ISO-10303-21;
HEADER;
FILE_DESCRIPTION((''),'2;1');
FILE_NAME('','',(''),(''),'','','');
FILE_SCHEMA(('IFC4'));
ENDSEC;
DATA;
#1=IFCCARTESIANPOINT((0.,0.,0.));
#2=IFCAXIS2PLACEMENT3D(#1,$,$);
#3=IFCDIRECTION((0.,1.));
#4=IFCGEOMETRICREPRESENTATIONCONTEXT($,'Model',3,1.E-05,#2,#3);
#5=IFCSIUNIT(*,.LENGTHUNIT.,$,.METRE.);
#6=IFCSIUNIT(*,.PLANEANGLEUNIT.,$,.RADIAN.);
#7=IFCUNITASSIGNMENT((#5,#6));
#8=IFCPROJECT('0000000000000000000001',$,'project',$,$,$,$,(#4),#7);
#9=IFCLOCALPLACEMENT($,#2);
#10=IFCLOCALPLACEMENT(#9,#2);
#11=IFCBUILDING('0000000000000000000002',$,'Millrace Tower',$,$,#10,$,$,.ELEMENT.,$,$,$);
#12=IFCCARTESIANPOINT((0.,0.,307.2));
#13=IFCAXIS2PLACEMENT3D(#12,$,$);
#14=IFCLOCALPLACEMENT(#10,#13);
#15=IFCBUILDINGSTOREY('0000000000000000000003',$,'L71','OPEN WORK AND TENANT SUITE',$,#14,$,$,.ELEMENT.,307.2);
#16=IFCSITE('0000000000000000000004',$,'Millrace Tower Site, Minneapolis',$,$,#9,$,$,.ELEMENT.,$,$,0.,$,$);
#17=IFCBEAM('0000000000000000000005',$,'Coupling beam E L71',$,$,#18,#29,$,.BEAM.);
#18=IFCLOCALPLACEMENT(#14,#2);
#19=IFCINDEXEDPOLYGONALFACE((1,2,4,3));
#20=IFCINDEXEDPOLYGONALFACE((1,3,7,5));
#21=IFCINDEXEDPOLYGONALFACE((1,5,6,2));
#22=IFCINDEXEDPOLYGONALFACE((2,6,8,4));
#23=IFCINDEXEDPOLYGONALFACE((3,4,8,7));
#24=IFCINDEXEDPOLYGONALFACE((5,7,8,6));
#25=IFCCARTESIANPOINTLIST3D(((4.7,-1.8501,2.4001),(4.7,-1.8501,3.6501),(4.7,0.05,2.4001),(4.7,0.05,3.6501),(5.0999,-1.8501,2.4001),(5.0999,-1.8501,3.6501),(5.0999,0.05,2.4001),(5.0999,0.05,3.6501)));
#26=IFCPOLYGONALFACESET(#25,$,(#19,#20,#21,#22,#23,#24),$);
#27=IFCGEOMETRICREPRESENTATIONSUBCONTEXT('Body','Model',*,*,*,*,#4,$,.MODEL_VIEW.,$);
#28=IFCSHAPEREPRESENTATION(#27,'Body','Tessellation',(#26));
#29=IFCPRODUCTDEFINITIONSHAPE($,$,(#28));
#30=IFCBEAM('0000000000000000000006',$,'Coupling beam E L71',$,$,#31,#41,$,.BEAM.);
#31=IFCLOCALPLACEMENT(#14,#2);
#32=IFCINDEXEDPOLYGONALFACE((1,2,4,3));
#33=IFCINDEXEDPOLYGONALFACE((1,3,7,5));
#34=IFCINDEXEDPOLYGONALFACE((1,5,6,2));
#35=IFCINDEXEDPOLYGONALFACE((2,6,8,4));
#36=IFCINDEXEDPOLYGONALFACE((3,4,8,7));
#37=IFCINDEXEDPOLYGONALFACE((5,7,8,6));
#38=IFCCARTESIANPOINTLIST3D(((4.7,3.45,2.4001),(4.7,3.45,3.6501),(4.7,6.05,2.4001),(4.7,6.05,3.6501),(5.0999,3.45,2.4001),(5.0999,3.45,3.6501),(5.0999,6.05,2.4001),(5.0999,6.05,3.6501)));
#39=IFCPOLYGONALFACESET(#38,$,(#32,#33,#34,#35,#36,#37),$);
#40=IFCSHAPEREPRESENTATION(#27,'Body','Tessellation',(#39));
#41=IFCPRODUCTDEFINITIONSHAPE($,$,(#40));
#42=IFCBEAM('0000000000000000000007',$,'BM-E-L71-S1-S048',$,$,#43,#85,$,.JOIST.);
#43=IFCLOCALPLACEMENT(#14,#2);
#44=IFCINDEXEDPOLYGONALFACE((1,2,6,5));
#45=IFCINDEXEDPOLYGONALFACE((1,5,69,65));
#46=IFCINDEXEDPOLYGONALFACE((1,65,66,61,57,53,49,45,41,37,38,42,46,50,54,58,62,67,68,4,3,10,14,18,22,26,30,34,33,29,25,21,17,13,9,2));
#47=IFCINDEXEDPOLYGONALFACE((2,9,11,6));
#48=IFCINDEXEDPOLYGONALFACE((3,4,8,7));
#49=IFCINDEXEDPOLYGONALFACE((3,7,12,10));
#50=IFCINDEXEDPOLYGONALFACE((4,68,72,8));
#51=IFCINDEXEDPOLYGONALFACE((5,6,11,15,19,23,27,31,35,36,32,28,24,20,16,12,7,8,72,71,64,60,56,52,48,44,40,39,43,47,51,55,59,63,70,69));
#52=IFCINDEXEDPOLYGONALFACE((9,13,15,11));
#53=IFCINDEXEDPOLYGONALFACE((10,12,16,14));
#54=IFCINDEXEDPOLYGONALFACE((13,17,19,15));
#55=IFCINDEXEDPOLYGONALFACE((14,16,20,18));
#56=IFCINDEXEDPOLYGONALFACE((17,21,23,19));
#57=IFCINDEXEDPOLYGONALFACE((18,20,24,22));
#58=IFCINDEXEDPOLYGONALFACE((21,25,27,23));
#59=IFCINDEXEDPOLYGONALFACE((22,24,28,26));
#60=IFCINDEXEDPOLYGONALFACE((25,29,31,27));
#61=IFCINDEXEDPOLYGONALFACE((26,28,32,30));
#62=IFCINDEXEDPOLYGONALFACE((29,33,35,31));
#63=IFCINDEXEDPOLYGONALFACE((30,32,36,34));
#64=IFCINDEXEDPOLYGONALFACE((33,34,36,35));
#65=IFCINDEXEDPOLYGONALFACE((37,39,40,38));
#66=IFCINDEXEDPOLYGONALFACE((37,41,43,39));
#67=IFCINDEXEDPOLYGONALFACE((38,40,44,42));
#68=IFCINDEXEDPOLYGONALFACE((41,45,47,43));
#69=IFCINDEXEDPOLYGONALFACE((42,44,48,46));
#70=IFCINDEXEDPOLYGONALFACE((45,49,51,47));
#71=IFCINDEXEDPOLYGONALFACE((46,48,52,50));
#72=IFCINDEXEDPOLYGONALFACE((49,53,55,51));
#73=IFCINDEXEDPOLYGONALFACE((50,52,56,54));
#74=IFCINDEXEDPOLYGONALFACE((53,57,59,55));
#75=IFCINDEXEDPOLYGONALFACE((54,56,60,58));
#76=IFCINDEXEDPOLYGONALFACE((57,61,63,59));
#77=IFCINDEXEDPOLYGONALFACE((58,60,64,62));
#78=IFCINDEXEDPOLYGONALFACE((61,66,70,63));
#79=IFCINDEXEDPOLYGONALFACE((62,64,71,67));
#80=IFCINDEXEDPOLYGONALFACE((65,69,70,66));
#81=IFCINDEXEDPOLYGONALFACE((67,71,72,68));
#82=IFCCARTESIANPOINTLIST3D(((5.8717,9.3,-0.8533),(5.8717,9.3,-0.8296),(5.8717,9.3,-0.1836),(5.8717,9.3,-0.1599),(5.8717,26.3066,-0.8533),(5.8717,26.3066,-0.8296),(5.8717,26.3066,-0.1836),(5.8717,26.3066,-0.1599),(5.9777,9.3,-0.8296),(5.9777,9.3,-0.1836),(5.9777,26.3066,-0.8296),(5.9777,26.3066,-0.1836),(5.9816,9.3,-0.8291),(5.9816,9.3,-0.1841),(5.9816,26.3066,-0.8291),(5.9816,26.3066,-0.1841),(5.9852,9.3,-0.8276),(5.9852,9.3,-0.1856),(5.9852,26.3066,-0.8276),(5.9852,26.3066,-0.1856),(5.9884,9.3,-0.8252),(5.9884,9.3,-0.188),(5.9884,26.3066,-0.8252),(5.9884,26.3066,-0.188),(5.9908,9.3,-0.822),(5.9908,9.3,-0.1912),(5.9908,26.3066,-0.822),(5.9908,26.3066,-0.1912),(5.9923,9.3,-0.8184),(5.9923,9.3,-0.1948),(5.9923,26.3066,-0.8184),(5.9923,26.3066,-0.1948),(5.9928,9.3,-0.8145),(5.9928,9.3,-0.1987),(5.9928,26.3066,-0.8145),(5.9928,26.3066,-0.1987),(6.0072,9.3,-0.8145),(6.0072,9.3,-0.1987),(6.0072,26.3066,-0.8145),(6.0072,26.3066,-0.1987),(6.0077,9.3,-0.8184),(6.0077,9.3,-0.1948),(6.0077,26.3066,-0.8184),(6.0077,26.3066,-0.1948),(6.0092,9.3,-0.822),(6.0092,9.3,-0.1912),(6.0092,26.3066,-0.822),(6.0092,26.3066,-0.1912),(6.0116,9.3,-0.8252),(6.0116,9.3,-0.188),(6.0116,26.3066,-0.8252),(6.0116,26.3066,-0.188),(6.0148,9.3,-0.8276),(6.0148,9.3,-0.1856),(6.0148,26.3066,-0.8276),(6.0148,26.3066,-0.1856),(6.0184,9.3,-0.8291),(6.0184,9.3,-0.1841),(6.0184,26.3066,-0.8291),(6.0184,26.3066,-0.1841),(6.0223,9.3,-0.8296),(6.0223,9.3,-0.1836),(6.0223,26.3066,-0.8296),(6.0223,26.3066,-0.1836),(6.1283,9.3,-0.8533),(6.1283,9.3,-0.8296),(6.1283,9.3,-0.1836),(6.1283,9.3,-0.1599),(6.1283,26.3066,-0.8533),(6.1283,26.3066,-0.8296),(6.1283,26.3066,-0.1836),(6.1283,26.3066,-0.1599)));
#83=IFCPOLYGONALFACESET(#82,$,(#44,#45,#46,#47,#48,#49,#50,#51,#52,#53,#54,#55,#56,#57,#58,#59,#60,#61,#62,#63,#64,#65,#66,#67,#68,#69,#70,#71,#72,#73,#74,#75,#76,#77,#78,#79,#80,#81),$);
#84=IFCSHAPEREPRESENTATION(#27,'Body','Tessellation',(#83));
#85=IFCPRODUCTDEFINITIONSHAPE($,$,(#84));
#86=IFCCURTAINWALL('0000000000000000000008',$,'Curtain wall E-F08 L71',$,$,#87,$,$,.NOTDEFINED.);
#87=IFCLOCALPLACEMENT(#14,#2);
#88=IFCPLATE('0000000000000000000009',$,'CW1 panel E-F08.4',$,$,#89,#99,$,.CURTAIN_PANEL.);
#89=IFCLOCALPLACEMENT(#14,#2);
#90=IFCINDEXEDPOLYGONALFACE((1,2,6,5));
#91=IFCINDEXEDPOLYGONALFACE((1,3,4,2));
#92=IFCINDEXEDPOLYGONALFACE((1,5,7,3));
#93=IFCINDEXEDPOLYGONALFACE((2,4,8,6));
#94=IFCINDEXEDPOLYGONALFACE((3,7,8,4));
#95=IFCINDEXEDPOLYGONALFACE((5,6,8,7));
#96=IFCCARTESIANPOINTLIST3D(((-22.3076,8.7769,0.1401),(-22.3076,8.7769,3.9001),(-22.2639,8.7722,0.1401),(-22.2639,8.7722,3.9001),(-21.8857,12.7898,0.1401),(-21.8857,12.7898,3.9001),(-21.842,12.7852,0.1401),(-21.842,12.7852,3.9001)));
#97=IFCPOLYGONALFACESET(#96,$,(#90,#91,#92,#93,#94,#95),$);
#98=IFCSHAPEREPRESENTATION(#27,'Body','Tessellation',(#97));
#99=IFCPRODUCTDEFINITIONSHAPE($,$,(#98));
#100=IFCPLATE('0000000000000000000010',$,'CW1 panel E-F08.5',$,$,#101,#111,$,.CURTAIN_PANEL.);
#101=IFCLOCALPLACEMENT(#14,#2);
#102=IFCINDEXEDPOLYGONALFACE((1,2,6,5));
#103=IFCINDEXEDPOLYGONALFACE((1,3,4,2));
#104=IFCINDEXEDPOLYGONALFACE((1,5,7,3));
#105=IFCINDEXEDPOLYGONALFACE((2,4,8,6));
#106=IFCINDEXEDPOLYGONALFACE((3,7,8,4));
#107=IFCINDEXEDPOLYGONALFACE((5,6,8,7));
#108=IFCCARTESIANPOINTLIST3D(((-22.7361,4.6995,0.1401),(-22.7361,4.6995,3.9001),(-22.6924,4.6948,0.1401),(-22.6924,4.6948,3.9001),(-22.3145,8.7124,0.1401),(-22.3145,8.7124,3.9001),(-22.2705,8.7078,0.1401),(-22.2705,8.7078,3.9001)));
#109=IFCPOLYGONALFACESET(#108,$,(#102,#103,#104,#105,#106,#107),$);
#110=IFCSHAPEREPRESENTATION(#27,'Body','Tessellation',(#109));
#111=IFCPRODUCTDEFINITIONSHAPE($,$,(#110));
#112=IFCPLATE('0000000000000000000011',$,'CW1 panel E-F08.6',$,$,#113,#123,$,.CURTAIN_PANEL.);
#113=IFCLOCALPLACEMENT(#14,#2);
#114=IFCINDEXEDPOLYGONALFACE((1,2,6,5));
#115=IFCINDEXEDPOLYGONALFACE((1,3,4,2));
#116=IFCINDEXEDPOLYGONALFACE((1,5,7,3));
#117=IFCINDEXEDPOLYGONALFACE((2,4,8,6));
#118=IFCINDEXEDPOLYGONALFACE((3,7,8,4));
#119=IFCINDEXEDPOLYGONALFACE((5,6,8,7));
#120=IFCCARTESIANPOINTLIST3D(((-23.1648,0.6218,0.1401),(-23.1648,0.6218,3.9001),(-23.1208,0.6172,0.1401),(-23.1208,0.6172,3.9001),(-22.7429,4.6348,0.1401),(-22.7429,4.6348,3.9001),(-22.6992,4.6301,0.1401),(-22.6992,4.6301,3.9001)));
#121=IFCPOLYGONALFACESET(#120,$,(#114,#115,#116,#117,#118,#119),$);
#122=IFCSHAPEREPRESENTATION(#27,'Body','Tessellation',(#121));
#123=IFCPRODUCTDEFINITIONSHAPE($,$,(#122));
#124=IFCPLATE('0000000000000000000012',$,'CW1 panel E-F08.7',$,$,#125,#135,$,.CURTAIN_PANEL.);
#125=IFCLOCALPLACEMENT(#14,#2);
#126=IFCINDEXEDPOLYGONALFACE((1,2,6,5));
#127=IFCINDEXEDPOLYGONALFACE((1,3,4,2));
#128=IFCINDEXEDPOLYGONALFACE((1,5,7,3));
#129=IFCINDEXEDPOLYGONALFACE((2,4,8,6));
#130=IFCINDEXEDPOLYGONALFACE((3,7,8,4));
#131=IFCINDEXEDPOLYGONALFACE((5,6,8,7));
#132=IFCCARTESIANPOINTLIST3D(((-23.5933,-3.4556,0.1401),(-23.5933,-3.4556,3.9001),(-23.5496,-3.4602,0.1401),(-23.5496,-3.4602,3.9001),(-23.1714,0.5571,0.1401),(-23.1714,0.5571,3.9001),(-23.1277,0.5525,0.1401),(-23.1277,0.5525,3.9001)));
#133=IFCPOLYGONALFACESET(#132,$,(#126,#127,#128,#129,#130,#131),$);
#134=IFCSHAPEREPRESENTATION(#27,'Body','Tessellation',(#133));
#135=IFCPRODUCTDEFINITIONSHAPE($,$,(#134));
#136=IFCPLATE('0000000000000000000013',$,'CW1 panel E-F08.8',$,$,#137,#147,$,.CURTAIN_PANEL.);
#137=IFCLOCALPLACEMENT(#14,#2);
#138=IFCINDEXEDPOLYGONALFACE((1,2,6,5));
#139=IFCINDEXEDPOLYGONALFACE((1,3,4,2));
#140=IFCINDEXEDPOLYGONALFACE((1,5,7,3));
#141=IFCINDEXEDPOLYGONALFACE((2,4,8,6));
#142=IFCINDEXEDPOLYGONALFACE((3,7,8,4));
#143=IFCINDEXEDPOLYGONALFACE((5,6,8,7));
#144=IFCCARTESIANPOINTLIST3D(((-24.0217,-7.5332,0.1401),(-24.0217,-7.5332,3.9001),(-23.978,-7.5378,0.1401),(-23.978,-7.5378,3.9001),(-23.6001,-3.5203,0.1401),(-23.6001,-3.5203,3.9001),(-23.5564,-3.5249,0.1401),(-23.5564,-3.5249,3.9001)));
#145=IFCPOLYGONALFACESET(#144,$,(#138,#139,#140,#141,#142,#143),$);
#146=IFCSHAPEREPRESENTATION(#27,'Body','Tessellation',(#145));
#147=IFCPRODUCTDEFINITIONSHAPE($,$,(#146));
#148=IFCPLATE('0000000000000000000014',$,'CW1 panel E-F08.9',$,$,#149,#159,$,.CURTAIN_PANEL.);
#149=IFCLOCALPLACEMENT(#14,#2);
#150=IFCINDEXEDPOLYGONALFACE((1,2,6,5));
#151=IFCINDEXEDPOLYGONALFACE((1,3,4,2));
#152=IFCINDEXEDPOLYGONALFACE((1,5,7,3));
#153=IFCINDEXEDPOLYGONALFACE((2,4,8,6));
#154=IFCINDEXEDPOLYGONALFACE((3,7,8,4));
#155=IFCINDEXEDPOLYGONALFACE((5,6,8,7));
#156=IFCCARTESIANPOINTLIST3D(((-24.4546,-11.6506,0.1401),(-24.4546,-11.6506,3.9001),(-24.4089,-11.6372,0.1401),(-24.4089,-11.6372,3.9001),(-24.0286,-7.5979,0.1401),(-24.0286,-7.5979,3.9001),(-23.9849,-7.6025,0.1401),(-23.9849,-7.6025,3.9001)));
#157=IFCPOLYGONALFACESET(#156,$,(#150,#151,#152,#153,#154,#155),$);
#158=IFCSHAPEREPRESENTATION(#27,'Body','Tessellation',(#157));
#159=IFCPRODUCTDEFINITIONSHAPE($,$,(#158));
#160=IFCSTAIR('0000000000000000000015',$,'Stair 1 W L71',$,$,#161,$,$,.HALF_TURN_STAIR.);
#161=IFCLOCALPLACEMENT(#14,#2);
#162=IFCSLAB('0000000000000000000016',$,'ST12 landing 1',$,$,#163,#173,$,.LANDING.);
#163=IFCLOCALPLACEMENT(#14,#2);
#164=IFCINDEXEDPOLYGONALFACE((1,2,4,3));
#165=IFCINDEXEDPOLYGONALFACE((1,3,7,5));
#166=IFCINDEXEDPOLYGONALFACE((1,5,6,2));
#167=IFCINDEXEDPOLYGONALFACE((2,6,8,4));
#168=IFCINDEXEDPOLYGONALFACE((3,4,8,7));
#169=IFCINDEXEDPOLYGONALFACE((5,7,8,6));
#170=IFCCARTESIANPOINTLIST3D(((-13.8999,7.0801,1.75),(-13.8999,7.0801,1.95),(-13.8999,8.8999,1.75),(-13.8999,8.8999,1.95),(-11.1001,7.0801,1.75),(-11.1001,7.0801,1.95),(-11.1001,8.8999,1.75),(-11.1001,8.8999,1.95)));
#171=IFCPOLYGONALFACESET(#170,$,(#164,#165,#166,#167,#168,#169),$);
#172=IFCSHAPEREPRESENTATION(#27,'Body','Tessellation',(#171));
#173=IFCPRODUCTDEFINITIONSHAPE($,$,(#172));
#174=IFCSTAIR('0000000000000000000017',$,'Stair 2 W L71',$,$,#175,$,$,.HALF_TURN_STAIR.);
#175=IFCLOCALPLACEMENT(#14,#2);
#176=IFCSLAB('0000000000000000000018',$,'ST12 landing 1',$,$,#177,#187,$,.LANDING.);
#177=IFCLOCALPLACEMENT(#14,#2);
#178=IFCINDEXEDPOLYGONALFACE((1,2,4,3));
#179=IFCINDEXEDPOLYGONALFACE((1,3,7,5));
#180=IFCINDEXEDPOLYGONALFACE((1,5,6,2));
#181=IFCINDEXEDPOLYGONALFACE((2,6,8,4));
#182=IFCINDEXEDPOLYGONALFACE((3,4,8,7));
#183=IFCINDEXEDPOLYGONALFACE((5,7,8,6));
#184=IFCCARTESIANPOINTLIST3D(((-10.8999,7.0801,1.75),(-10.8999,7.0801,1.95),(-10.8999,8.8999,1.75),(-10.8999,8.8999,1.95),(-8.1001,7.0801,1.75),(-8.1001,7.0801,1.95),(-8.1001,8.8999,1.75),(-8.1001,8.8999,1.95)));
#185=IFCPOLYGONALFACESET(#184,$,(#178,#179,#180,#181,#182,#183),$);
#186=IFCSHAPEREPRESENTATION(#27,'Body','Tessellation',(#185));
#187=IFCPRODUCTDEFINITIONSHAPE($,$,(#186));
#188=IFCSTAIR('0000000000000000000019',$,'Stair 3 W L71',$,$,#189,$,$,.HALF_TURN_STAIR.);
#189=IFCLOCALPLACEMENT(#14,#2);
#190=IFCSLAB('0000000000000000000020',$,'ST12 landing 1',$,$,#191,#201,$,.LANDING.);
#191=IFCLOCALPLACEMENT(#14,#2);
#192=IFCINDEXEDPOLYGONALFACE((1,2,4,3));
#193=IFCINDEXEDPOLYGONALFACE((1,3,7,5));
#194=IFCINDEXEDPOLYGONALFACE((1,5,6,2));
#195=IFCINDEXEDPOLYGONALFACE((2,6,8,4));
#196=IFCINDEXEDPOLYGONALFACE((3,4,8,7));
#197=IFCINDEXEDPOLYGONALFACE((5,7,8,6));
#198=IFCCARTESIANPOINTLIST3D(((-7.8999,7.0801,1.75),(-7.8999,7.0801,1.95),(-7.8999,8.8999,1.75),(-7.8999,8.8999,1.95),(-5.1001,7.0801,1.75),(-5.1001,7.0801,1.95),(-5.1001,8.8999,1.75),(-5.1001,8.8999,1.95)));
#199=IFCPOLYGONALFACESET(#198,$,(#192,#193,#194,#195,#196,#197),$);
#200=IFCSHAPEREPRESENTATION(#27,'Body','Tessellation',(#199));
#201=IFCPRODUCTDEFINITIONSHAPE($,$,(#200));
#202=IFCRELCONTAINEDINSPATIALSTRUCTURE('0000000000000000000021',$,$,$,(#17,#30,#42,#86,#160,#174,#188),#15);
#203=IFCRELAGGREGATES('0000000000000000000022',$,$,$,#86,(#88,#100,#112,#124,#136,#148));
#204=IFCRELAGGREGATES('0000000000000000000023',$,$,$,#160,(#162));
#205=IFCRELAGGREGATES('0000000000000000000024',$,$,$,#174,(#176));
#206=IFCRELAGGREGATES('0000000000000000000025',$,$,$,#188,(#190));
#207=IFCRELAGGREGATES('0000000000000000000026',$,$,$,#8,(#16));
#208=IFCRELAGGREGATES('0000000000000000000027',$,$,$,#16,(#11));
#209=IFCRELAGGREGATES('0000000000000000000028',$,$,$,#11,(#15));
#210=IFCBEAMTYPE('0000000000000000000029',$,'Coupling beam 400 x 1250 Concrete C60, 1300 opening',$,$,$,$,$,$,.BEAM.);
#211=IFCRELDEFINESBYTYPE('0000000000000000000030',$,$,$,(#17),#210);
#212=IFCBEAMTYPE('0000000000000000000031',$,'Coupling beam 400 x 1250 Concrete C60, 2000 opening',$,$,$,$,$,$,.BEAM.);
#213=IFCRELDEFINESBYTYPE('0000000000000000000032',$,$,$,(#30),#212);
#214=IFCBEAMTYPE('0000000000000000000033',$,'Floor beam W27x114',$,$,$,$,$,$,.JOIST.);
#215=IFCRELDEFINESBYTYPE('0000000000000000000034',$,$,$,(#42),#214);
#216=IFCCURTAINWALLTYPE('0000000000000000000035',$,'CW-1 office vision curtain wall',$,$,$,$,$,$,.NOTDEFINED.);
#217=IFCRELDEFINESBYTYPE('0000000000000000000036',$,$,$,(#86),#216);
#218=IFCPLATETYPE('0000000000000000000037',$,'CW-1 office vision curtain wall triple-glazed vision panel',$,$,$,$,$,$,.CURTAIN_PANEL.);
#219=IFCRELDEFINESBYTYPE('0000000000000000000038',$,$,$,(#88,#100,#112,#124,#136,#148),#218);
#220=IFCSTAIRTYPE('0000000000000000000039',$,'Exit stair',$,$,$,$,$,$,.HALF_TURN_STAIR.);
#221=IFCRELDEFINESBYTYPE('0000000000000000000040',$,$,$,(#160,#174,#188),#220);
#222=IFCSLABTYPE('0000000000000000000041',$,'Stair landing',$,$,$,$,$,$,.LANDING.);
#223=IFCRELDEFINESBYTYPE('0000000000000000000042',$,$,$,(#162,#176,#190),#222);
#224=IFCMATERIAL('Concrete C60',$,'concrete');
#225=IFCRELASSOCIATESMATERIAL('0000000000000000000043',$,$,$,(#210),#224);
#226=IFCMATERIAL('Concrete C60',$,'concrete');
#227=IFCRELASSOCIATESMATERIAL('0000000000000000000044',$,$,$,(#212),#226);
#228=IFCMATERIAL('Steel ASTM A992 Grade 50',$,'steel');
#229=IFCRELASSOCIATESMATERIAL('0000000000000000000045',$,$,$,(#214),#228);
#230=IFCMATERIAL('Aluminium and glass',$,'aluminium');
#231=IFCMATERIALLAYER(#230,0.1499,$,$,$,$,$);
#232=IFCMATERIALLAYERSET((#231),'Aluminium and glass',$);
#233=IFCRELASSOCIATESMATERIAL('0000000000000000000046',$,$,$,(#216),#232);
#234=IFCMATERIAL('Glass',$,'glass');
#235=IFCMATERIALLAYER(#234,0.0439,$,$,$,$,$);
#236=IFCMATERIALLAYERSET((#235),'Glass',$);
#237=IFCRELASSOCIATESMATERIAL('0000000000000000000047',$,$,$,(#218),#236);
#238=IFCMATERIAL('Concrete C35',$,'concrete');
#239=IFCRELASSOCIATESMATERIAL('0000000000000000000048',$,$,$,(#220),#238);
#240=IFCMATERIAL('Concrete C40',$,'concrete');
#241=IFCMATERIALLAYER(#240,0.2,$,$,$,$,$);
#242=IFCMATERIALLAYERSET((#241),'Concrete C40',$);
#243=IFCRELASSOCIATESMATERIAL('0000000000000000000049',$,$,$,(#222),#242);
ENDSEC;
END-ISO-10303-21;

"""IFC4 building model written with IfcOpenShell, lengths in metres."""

from ifc_helpers import new_model, si_unit, direction, frame, origin, origin_2d, place, context, subcontext, project, spatial, polyline, rectangle, i_section, outline, extrude, material, layer, layer_set, material_profile, profile_set, type_object, element, aggregate, save


model = new_model("IFC4")

# Units and contexts
model_context = context("Model", 3, precision=1e-05, world=origin(), true_north=direction((0.0, 1.0)))
body_context = subcontext(model_context, "Body", "Model", "MODEL_VIEW")
ifc_project = project(units=[si_unit("LENGTHUNIT", "METRE"), si_unit("PLANEANGLEUNIT", "RADIAN")], contexts=[model_context])

# Site, building, storey
site_placement = place(None, origin())
site = spatial("IfcSite", under=ifc_project, at=site_placement, Name="Millrace Tower Site, Minneapolis", CompositionType="ELEMENT", RefElevation=0.0)
building_placement = place(site_placement, origin())
building = spatial("IfcBuilding", under=site, at=building_placement, Name="Millrace Tower", CompositionType="ELEMENT")
storey_placement = place(building_placement, frame((0.0, 0.0, 307.2)))
storey = spatial("IfcBuildingStorey", under=building, at=storey_placement, Name="L71", Description="OPEN WORK AND TENANT SUITE", CompositionType="ELEMENT", Elevation=307.2)

# Beams
ifc_material_1 = material(Name="Concrete C60", Category="concrete")
ifc_material_profile_1 = material_profile(ifc_material_1, rectangle(XDim=0.3999, YDim=1.25, at=origin_2d()))
ifc_profile_set_1 = profile_set([ifc_material_profile_1], Name="Concrete C60")
beam_type_1 = type_object("IfcBeamType", Name="Coupling beam 400 x 1250 Concrete C60, 1300 opening", PredefinedType="BEAM", material=ifc_profile_set_1)
beam_1_placement = place(storey_placement, frame((4.8999, 0.05, 3.0251), z_axis=(0.0, -1.0, 0.0), x_axis=(1.0, 0.0, 0.0)))
element("IfcBeam", 1, at=beam_1_placement, inside=storey, type_object=beam_type_1, Name="Coupling beam E L71", PredefinedType="BEAM", context=body_context, shape_type="SweptSolid", body=[
    extrude(rectangle(XDim=0.3999, YDim=1.25, at=origin_2d()), origin(), (0.0, 0.0, 1.0), 1.9001),
])
ifc_material_2 = material(Name="Concrete C60", Category="concrete")
ifc_material_profile_2 = material_profile(ifc_material_2, rectangle(XDim=0.3999, YDim=1.25, at=origin_2d()))
ifc_profile_set_2 = profile_set([ifc_material_profile_2], Name="Concrete C60")
beam_type_2 = type_object("IfcBeamType", Name="Coupling beam 400 x 1250 Concrete C60, 2000 opening", PredefinedType="BEAM", material=ifc_profile_set_2)
beam_2_placement = place(storey_placement, frame((4.8999, 6.05, 3.0251), z_axis=(0.0, -1.0, 0.0), x_axis=(1.0, 0.0, 0.0)))
element("IfcBeam", 2, at=beam_2_placement, inside=storey, type_object=beam_type_2, Name="Coupling beam E L71", PredefinedType="BEAM", context=body_context, shape_type="SweptSolid", body=[
    extrude(rectangle(XDim=0.3999, YDim=1.25, at=origin_2d()), origin(), (0.0, 0.0, 1.0), 2.6001),
])
ifc_material_3 = material(Name="Steel ASTM A992 Grade 50", Category="steel")
ifc_material_profile_3 = material_profile(ifc_material_3, i_section(OverallWidth=0.2566, OverallDepth=0.6934, WebThickness=0.0144, FlangeThickness=0.0237, FilletRadius=0.0151, at=origin_2d()))
ifc_profile_set_3 = profile_set([ifc_material_profile_3], Name="Steel ASTM A992 Grade 50")
beam_type_3 = type_object("IfcBeamType", Name="Floor beam W27x114", PredefinedType="JOIST", material=ifc_profile_set_3)
beam_3_placement = place(storey_placement, frame((6.0, 9.3, -0.5066), z_axis=(0.0, 1.0, 0.0), x_axis=(-1.0, 0.0, 0.0)))
element("IfcBeam", 3, at=beam_3_placement, inside=storey, type_object=beam_type_3, Name="BM-E-L71-S1-S048", PredefinedType="JOIST", context=body_context, shape_type="SweptSolid", body=[
    extrude(i_section(OverallWidth=0.2566, OverallDepth=0.6934, WebThickness=0.0144, FlangeThickness=0.0237, FilletRadius=0.0151, at=origin_2d()), origin(), (0.0, 0.0, 1.0), 17.0066),
])

# Curtain wall, plates
ifc_material_4 = material(Name="Aluminium and glass", Category="aluminium")
ifc_layer_1 = layer(ifc_material_4, 0.1499)
ifc_layer_set_1 = layer_set([ifc_layer_1], Name="Aluminium and glass")
curtain_wall_type = type_object("IfcCurtainWallType", Name="CW-1 office vision curtain wall", PredefinedType="NOTDEFINED", material=ifc_layer_set_1)
placement_1 = place(storey_placement, origin())
curtain_wall = element("IfcCurtainWall", 4, at=placement_1, inside=storey, type_object=curtain_wall_type, Name="Curtain wall E-F08 L71", PredefinedType="NOTDEFINED")
ifc_material_5 = material(Name="Glass", Category="glass")
ifc_layer_2 = layer(ifc_material_5, 0.0439)
ifc_layer_set_2 = layer_set([ifc_layer_2], Name="Glass")
plate_type = type_object("IfcPlateType", Name="CW-1 office vision curtain wall triple-glazed vision panel", PredefinedType="CURTAIN_PANEL", material=ifc_layer_set_2)
placement_2 = place(storey_placement, frame((0.0, 0.0, 0.1401)))
plate_1 = element("IfcPlate", 5, at=placement_2, type_object=plate_type, Name="CW1 panel E-F08.4", PredefinedType="CURTAIN_PANEL", context=body_context, shape_type="SweptSolid", body=[
    extrude(outline(polyline([(-21.8857, 12.7898), (-22.3076, 8.7769), (-22.2639, 8.7722), (-21.842, 12.7852), (-21.8857, 12.7898)])), origin(), (0.0, 0.0, 1.0), 3.76),
])
plate_2 = element("IfcPlate", 6, at=placement_2, type_object=plate_type, Name="CW1 panel E-F08.5", PredefinedType="CURTAIN_PANEL", context=body_context, shape_type="SweptSolid", body=[
    extrude(outline(polyline([(-22.3145, 8.7124), (-22.7361, 4.6995), (-22.6924, 4.6948), (-22.2705, 8.7078), (-22.3145, 8.7124)])), origin(), (0.0, 0.0, 1.0), 3.76),
])
plate_3 = element("IfcPlate", 7, at=placement_2, type_object=plate_type, Name="CW1 panel E-F08.6", PredefinedType="CURTAIN_PANEL", context=body_context, shape_type="SweptSolid", body=[
    extrude(outline(polyline([(-22.7429, 4.6348), (-23.1648, 0.6218), (-23.1208, 0.6172), (-22.6992, 4.6301), (-22.7429, 4.6348)])), origin(), (0.0, 0.0, 1.0), 3.76),
])
plate_4 = element("IfcPlate", 8, at=placement_2, type_object=plate_type, Name="CW1 panel E-F08.7", PredefinedType="CURTAIN_PANEL", context=body_context, shape_type="SweptSolid", body=[
    extrude(outline(polyline([(-23.1714, 0.5571), (-23.5933, -3.4556), (-23.5496, -3.4602), (-23.1277, 0.5525), (-23.1714, 0.5571)])), origin(), (0.0, 0.0, 1.0), 3.76),
])
plate_5 = element("IfcPlate", 9, at=placement_2, type_object=plate_type, Name="CW1 panel E-F08.8", PredefinedType="CURTAIN_PANEL", context=body_context, shape_type="SweptSolid", body=[
    extrude(outline(polyline([(-23.6001, -3.5203), (-24.0217, -7.5332), (-23.978, -7.5378), (-23.5564, -3.5249), (-23.6001, -3.5203)])), origin(), (0.0, 0.0, 1.0), 3.76),
])
plate_6 = element("IfcPlate", 10, at=placement_2, type_object=plate_type, Name="CW1 panel E-F08.9", PredefinedType="CURTAIN_PANEL", context=body_context, shape_type="SweptSolid", body=[
    extrude(outline(polyline([(-24.0286, -7.5979), (-24.4546, -11.6506), (-24.4089, -11.6372), (-23.9849, -7.6025), (-24.0286, -7.5979)])), origin(), (0.0, 0.0, 1.0), 3.76),
])
aggregate(curtain_wall, [plate_1, plate_2, plate_3, plate_4, plate_5, plate_6])

# Stairs, slabs
ifc_material_6 = material(Name="Concrete C35", Category="concrete")
stair_type = type_object("IfcStairType", Name="Exit stair", PredefinedType="HALF_TURN_STAIR", material=ifc_material_6)
stair_1 = element("IfcStair", 11, at=placement_1, inside=storey, type_object=stair_type, Name="Stair 1 W L71", PredefinedType="HALF_TURN_STAIR")
ifc_material_7 = material(Name="Concrete C40", Category="concrete")
ifc_layer_3 = layer(ifc_material_7, 0.2)
ifc_layer_set_3 = layer_set([ifc_layer_3], Name="Concrete C40")
slab_type = type_object("IfcSlabType", Name="Stair landing", PredefinedType="LANDING", material=ifc_layer_set_3)
placement_3 = place(storey_placement, frame((0.0, 0.0, 1.75)))
slab_1 = element("IfcSlab", 12, at=placement_3, type_object=slab_type, Name="ST12 landing 1", PredefinedType="LANDING", context=body_context, shape_type="SweptSolid", body=[
    extrude(outline(polyline([(-13.8999, 7.0801), (-11.1001, 7.0801), (-11.1001, 8.8999), (-13.8999, 8.8999), (-13.8999, 7.0801)])), origin(), (0.0, 0.0, 1.0), 0.2),
])
aggregate(stair_1, [slab_1])
stair_2 = element("IfcStair", 13, at=placement_1, inside=storey, type_object=stair_type, Name="Stair 2 W L71", PredefinedType="HALF_TURN_STAIR")
slab_2 = element("IfcSlab", 14, at=placement_3, type_object=slab_type, Name="ST12 landing 1", PredefinedType="LANDING", context=body_context, shape_type="SweptSolid", body=[
    extrude(outline(polyline([(-10.8999, 7.0801), (-8.1001, 7.0801), (-8.1001, 8.8999), (-10.8999, 8.8999), (-10.8999, 7.0801)])), origin(), (0.0, 0.0, 1.0), 0.2),
])
aggregate(stair_2, [slab_2])
stair_3 = element("IfcStair", 15, at=placement_1, inside=storey, type_object=stair_type, Name="Stair 3 W L71", PredefinedType="HALF_TURN_STAIR")
slab_3 = element("IfcSlab", 16, at=placement_3, type_object=slab_type, Name="ST12 landing 1", PredefinedType="LANDING", context=body_context, shape_type="SweptSolid", body=[
    extrude(outline(polyline([(-7.8999, 7.0801), (-5.1001, 7.0801), (-5.1001, 8.8999), (-7.8999, 8.8999), (-7.8999, 7.0801)])), origin(), (0.0, 0.0, 1.0), 0.2),
])
aggregate(stair_3, [slab_3])

save(model, "model.ifc")
